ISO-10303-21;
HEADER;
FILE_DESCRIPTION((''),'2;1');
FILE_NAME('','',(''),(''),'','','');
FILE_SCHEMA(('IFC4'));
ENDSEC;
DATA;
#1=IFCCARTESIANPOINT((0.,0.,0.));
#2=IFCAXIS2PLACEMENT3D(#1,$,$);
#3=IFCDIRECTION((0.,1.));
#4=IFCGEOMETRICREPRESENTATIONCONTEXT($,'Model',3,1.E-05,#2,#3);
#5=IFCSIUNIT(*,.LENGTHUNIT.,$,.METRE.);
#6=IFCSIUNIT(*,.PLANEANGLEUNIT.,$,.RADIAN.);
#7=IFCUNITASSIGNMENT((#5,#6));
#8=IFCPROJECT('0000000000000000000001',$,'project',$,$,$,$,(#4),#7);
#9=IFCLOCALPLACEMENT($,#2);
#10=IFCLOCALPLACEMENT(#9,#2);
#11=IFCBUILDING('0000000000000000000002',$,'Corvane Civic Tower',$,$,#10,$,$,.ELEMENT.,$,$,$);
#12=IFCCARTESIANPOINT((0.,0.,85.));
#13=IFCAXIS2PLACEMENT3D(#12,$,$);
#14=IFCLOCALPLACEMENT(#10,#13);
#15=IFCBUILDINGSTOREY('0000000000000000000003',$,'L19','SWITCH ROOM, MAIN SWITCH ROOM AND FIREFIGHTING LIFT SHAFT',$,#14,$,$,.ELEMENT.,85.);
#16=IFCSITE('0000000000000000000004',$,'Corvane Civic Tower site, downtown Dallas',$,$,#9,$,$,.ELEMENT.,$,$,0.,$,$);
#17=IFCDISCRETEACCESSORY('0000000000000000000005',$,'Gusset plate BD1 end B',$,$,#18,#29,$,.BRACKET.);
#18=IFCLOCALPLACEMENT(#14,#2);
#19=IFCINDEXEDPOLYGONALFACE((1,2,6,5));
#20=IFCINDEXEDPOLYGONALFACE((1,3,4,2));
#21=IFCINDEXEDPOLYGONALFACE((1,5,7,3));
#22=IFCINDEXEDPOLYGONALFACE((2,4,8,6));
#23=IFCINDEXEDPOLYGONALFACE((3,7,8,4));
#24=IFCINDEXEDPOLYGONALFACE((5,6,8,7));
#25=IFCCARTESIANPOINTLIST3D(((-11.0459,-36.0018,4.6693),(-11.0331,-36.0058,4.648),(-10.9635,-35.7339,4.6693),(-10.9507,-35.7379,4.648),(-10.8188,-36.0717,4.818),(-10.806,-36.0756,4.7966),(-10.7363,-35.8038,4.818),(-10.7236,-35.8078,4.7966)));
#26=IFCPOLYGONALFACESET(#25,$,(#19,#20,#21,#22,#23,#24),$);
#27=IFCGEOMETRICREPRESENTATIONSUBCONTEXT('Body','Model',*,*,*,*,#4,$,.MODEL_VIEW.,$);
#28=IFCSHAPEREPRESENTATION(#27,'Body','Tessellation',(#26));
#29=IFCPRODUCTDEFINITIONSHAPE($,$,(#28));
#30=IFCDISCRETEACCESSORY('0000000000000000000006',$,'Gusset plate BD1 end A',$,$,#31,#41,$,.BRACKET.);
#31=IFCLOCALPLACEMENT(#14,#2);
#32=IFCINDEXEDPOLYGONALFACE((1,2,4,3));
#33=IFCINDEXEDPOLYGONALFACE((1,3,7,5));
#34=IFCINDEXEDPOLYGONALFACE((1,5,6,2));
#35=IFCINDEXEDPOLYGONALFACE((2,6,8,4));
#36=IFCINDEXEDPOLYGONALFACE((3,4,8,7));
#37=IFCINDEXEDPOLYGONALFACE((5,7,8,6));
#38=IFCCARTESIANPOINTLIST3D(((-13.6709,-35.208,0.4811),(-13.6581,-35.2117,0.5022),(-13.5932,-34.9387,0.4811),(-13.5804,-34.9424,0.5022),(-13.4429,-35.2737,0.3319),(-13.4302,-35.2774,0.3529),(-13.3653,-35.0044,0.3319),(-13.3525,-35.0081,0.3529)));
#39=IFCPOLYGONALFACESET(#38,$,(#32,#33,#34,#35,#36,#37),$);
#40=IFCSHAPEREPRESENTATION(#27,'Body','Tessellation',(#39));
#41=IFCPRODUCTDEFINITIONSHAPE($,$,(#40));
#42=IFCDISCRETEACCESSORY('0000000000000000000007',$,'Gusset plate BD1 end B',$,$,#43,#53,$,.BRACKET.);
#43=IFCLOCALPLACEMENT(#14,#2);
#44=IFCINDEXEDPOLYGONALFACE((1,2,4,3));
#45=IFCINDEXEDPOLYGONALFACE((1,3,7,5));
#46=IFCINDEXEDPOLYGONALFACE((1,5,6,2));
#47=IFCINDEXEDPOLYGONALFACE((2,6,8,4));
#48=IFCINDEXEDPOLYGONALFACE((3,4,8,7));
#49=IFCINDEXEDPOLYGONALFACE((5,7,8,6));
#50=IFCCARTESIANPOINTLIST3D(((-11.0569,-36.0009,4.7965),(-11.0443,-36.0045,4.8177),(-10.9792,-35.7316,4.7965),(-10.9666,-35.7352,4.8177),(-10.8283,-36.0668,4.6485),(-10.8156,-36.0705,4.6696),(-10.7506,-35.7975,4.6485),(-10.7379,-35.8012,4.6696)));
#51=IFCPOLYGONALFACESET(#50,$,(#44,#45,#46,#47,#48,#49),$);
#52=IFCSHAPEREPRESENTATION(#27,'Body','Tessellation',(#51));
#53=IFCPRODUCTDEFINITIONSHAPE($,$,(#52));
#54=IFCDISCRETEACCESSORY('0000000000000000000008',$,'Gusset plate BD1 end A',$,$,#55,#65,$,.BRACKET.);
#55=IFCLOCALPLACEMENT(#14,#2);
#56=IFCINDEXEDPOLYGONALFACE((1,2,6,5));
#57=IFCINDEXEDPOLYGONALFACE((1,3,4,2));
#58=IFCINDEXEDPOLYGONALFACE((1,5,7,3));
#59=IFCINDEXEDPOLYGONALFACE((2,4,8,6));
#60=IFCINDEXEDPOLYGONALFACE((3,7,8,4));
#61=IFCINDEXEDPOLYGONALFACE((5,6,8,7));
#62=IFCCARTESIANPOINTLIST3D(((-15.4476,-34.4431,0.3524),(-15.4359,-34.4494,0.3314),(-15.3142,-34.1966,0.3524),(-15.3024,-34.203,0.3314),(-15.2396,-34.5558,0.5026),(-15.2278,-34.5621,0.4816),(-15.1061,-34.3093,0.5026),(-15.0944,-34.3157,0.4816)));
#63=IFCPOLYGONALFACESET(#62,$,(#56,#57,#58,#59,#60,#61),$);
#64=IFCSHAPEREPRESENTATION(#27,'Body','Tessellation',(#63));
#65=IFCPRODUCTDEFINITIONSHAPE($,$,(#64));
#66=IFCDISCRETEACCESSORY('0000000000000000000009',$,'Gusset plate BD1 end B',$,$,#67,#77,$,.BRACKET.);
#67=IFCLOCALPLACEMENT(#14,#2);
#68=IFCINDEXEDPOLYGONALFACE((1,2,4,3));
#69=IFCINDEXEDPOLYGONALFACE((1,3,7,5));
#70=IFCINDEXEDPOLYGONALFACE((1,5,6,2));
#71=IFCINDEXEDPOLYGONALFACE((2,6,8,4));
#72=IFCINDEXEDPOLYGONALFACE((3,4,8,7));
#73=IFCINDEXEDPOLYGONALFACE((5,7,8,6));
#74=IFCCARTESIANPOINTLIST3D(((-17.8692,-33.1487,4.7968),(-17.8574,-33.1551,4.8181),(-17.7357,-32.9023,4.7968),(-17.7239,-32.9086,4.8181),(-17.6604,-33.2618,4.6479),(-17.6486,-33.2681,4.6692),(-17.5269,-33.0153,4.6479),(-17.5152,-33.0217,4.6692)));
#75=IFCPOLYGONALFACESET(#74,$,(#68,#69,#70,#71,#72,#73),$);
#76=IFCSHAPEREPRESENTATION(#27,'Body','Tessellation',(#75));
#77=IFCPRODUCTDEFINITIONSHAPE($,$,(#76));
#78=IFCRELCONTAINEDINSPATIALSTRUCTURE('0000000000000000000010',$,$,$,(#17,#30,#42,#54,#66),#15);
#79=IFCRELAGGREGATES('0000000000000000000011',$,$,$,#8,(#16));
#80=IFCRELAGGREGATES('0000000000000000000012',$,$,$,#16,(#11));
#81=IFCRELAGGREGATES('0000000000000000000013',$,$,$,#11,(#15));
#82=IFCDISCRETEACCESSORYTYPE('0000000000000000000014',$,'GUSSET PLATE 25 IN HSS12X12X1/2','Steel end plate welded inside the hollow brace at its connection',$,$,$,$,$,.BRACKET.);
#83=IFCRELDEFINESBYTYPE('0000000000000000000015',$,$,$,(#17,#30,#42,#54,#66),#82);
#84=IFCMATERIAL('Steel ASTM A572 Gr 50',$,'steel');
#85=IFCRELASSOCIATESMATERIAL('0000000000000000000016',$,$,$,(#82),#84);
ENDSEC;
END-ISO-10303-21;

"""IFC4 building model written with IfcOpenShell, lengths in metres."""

from ifc_helpers import new_model, si_unit, direction, frame, origin, origin_2d, place, context, subcontext, project, spatial, rectangle, extrude, material, material_profile, profile_set, type_object, element, save


model = new_model("IFC4")

# Units and contexts
model_context = context("Model", 3, precision=1e-05, world=origin(), true_north=direction((0.0, 1.0)))
body_context = subcontext(model_context, "Body", "Model", "MODEL_VIEW")
ifc_project = project(units=[si_unit("LENGTHUNIT", "METRE"), si_unit("PLANEANGLEUNIT", "RADIAN")], contexts=[model_context])

# Site, building, storey
site_placement = place(None, origin())
site = spatial("IfcSite", under=ifc_project, at=site_placement, Name="Corvane Civic Tower site, downtown Dallas", CompositionType="ELEMENT", RefElevation=0.0)
building_placement = place(site_placement, origin())
building = spatial("IfcBuilding", under=site, at=building_placement, Name="Corvane Civic Tower", CompositionType="ELEMENT")
storey_placement = place(building_placement, frame((0.0, 0.0, 85.0)))
storey = spatial("IfcBuildingStorey", under=building, at=storey_placement, Name="L19", Description="SWITCH ROOM, MAIN SWITCH ROOM AND FIREFIGHTING LIFT SHAFT", CompositionType="ELEMENT", Elevation=85.0)

# Discrete accessories
ifc_material_1 = material(Name="Steel ASTM A572 Gr 50", Category="steel")
ifc_material_profile_1 = material_profile(ifc_material_1, rectangle(XDim=0.2803, YDim=0.2803, at=origin_2d()), Name="GUSSET PLATE 25 IN HSS12X12X1/2")
ifc_profile_set_1 = profile_set([ifc_material_profile_1], Name="Steel ASTM A572 Gr 50")
discrete_accessory_type = type_object("IfcDiscreteAccessoryType", Name="GUSSET PLATE 25 IN HSS12X12X1/2", Description="Steel end plate welded inside the hollow brace at its connection", PredefinedType="BRACKET", material=ifc_profile_set_1)
discrete_accessory_1_placement = place(storey_placement, frame((-10.8911, -35.9028, 4.7437), z_axis=(0.506769, -0.155929, -0.847863), x_axis=(0.294086, 0.955779, 0.0)))
element("IfcDiscreteAccessory", 1, at=discrete_accessory_1_placement, inside=storey, type_object=discrete_accessory_type, Name="Gusset plate BD1 end B", PredefinedType="BRACKET", context=body_context, shape_type="SweptSolid", body=[
    extrude(rectangle(XDim=0.2803, YDim=0.2803, at=origin_2d()), origin(), (0.0, 0.0, 1.0), 0.0251),
])
for number, where, z_axis, x_axis, name in (
    (2, (-13.5181, -35.1062, 0.4065), (0.511751, -0.14762, 0.846357), (0.277161, 0.960824, 0.0), "Gusset plate BD1 end A"),
    (3, (-10.8911, -35.9028, 4.7437), (-0.507516, 0.146399, -0.849114), (-0.277161, -0.960824, 0.0), "Gusset plate BD1 end B"),
    (4, (-15.2651, -34.3826, 0.4065), (-0.471223, 0.255246, 0.844274), (-0.476283, -0.879292, 0.0), "Gusset plate BD1 end A"),
):
    element("IfcDiscreteAccessory", number, at=place(storey_placement, frame(where, z_axis=z_axis, x_axis=x_axis)), inside=storey, type_object=discrete_accessory_type, Name=name, PredefinedType="BRACKET", context=body_context, shape_type="SweptSolid", body=[
        extrude(rectangle(XDim=0.2803, YDim=0.2803, at=origin_2d()), origin(), (0.0, 0.0, 1.0), 0.0249),
    ])
discrete_accessory_2_placement = place(storey_placement, frame((-17.6863, -33.0884, 4.7437), z_axis=(-0.467343, 0.253144, -0.847059), x_axis=(-0.476283, -0.879292, 0.0)))
element("IfcDiscreteAccessory", 5, at=discrete_accessory_2_placement, inside=storey, type_object=discrete_accessory_type, Name="Gusset plate BD1 end B", PredefinedType="BRACKET", context=body_context, shape_type="SweptSolid", body=[
    extrude(rectangle(XDim=0.2803, YDim=0.2803, at=origin_2d()), origin(), (0.0, 0.0, 1.0), 0.0251),
])

save(model, "model.ifc")
